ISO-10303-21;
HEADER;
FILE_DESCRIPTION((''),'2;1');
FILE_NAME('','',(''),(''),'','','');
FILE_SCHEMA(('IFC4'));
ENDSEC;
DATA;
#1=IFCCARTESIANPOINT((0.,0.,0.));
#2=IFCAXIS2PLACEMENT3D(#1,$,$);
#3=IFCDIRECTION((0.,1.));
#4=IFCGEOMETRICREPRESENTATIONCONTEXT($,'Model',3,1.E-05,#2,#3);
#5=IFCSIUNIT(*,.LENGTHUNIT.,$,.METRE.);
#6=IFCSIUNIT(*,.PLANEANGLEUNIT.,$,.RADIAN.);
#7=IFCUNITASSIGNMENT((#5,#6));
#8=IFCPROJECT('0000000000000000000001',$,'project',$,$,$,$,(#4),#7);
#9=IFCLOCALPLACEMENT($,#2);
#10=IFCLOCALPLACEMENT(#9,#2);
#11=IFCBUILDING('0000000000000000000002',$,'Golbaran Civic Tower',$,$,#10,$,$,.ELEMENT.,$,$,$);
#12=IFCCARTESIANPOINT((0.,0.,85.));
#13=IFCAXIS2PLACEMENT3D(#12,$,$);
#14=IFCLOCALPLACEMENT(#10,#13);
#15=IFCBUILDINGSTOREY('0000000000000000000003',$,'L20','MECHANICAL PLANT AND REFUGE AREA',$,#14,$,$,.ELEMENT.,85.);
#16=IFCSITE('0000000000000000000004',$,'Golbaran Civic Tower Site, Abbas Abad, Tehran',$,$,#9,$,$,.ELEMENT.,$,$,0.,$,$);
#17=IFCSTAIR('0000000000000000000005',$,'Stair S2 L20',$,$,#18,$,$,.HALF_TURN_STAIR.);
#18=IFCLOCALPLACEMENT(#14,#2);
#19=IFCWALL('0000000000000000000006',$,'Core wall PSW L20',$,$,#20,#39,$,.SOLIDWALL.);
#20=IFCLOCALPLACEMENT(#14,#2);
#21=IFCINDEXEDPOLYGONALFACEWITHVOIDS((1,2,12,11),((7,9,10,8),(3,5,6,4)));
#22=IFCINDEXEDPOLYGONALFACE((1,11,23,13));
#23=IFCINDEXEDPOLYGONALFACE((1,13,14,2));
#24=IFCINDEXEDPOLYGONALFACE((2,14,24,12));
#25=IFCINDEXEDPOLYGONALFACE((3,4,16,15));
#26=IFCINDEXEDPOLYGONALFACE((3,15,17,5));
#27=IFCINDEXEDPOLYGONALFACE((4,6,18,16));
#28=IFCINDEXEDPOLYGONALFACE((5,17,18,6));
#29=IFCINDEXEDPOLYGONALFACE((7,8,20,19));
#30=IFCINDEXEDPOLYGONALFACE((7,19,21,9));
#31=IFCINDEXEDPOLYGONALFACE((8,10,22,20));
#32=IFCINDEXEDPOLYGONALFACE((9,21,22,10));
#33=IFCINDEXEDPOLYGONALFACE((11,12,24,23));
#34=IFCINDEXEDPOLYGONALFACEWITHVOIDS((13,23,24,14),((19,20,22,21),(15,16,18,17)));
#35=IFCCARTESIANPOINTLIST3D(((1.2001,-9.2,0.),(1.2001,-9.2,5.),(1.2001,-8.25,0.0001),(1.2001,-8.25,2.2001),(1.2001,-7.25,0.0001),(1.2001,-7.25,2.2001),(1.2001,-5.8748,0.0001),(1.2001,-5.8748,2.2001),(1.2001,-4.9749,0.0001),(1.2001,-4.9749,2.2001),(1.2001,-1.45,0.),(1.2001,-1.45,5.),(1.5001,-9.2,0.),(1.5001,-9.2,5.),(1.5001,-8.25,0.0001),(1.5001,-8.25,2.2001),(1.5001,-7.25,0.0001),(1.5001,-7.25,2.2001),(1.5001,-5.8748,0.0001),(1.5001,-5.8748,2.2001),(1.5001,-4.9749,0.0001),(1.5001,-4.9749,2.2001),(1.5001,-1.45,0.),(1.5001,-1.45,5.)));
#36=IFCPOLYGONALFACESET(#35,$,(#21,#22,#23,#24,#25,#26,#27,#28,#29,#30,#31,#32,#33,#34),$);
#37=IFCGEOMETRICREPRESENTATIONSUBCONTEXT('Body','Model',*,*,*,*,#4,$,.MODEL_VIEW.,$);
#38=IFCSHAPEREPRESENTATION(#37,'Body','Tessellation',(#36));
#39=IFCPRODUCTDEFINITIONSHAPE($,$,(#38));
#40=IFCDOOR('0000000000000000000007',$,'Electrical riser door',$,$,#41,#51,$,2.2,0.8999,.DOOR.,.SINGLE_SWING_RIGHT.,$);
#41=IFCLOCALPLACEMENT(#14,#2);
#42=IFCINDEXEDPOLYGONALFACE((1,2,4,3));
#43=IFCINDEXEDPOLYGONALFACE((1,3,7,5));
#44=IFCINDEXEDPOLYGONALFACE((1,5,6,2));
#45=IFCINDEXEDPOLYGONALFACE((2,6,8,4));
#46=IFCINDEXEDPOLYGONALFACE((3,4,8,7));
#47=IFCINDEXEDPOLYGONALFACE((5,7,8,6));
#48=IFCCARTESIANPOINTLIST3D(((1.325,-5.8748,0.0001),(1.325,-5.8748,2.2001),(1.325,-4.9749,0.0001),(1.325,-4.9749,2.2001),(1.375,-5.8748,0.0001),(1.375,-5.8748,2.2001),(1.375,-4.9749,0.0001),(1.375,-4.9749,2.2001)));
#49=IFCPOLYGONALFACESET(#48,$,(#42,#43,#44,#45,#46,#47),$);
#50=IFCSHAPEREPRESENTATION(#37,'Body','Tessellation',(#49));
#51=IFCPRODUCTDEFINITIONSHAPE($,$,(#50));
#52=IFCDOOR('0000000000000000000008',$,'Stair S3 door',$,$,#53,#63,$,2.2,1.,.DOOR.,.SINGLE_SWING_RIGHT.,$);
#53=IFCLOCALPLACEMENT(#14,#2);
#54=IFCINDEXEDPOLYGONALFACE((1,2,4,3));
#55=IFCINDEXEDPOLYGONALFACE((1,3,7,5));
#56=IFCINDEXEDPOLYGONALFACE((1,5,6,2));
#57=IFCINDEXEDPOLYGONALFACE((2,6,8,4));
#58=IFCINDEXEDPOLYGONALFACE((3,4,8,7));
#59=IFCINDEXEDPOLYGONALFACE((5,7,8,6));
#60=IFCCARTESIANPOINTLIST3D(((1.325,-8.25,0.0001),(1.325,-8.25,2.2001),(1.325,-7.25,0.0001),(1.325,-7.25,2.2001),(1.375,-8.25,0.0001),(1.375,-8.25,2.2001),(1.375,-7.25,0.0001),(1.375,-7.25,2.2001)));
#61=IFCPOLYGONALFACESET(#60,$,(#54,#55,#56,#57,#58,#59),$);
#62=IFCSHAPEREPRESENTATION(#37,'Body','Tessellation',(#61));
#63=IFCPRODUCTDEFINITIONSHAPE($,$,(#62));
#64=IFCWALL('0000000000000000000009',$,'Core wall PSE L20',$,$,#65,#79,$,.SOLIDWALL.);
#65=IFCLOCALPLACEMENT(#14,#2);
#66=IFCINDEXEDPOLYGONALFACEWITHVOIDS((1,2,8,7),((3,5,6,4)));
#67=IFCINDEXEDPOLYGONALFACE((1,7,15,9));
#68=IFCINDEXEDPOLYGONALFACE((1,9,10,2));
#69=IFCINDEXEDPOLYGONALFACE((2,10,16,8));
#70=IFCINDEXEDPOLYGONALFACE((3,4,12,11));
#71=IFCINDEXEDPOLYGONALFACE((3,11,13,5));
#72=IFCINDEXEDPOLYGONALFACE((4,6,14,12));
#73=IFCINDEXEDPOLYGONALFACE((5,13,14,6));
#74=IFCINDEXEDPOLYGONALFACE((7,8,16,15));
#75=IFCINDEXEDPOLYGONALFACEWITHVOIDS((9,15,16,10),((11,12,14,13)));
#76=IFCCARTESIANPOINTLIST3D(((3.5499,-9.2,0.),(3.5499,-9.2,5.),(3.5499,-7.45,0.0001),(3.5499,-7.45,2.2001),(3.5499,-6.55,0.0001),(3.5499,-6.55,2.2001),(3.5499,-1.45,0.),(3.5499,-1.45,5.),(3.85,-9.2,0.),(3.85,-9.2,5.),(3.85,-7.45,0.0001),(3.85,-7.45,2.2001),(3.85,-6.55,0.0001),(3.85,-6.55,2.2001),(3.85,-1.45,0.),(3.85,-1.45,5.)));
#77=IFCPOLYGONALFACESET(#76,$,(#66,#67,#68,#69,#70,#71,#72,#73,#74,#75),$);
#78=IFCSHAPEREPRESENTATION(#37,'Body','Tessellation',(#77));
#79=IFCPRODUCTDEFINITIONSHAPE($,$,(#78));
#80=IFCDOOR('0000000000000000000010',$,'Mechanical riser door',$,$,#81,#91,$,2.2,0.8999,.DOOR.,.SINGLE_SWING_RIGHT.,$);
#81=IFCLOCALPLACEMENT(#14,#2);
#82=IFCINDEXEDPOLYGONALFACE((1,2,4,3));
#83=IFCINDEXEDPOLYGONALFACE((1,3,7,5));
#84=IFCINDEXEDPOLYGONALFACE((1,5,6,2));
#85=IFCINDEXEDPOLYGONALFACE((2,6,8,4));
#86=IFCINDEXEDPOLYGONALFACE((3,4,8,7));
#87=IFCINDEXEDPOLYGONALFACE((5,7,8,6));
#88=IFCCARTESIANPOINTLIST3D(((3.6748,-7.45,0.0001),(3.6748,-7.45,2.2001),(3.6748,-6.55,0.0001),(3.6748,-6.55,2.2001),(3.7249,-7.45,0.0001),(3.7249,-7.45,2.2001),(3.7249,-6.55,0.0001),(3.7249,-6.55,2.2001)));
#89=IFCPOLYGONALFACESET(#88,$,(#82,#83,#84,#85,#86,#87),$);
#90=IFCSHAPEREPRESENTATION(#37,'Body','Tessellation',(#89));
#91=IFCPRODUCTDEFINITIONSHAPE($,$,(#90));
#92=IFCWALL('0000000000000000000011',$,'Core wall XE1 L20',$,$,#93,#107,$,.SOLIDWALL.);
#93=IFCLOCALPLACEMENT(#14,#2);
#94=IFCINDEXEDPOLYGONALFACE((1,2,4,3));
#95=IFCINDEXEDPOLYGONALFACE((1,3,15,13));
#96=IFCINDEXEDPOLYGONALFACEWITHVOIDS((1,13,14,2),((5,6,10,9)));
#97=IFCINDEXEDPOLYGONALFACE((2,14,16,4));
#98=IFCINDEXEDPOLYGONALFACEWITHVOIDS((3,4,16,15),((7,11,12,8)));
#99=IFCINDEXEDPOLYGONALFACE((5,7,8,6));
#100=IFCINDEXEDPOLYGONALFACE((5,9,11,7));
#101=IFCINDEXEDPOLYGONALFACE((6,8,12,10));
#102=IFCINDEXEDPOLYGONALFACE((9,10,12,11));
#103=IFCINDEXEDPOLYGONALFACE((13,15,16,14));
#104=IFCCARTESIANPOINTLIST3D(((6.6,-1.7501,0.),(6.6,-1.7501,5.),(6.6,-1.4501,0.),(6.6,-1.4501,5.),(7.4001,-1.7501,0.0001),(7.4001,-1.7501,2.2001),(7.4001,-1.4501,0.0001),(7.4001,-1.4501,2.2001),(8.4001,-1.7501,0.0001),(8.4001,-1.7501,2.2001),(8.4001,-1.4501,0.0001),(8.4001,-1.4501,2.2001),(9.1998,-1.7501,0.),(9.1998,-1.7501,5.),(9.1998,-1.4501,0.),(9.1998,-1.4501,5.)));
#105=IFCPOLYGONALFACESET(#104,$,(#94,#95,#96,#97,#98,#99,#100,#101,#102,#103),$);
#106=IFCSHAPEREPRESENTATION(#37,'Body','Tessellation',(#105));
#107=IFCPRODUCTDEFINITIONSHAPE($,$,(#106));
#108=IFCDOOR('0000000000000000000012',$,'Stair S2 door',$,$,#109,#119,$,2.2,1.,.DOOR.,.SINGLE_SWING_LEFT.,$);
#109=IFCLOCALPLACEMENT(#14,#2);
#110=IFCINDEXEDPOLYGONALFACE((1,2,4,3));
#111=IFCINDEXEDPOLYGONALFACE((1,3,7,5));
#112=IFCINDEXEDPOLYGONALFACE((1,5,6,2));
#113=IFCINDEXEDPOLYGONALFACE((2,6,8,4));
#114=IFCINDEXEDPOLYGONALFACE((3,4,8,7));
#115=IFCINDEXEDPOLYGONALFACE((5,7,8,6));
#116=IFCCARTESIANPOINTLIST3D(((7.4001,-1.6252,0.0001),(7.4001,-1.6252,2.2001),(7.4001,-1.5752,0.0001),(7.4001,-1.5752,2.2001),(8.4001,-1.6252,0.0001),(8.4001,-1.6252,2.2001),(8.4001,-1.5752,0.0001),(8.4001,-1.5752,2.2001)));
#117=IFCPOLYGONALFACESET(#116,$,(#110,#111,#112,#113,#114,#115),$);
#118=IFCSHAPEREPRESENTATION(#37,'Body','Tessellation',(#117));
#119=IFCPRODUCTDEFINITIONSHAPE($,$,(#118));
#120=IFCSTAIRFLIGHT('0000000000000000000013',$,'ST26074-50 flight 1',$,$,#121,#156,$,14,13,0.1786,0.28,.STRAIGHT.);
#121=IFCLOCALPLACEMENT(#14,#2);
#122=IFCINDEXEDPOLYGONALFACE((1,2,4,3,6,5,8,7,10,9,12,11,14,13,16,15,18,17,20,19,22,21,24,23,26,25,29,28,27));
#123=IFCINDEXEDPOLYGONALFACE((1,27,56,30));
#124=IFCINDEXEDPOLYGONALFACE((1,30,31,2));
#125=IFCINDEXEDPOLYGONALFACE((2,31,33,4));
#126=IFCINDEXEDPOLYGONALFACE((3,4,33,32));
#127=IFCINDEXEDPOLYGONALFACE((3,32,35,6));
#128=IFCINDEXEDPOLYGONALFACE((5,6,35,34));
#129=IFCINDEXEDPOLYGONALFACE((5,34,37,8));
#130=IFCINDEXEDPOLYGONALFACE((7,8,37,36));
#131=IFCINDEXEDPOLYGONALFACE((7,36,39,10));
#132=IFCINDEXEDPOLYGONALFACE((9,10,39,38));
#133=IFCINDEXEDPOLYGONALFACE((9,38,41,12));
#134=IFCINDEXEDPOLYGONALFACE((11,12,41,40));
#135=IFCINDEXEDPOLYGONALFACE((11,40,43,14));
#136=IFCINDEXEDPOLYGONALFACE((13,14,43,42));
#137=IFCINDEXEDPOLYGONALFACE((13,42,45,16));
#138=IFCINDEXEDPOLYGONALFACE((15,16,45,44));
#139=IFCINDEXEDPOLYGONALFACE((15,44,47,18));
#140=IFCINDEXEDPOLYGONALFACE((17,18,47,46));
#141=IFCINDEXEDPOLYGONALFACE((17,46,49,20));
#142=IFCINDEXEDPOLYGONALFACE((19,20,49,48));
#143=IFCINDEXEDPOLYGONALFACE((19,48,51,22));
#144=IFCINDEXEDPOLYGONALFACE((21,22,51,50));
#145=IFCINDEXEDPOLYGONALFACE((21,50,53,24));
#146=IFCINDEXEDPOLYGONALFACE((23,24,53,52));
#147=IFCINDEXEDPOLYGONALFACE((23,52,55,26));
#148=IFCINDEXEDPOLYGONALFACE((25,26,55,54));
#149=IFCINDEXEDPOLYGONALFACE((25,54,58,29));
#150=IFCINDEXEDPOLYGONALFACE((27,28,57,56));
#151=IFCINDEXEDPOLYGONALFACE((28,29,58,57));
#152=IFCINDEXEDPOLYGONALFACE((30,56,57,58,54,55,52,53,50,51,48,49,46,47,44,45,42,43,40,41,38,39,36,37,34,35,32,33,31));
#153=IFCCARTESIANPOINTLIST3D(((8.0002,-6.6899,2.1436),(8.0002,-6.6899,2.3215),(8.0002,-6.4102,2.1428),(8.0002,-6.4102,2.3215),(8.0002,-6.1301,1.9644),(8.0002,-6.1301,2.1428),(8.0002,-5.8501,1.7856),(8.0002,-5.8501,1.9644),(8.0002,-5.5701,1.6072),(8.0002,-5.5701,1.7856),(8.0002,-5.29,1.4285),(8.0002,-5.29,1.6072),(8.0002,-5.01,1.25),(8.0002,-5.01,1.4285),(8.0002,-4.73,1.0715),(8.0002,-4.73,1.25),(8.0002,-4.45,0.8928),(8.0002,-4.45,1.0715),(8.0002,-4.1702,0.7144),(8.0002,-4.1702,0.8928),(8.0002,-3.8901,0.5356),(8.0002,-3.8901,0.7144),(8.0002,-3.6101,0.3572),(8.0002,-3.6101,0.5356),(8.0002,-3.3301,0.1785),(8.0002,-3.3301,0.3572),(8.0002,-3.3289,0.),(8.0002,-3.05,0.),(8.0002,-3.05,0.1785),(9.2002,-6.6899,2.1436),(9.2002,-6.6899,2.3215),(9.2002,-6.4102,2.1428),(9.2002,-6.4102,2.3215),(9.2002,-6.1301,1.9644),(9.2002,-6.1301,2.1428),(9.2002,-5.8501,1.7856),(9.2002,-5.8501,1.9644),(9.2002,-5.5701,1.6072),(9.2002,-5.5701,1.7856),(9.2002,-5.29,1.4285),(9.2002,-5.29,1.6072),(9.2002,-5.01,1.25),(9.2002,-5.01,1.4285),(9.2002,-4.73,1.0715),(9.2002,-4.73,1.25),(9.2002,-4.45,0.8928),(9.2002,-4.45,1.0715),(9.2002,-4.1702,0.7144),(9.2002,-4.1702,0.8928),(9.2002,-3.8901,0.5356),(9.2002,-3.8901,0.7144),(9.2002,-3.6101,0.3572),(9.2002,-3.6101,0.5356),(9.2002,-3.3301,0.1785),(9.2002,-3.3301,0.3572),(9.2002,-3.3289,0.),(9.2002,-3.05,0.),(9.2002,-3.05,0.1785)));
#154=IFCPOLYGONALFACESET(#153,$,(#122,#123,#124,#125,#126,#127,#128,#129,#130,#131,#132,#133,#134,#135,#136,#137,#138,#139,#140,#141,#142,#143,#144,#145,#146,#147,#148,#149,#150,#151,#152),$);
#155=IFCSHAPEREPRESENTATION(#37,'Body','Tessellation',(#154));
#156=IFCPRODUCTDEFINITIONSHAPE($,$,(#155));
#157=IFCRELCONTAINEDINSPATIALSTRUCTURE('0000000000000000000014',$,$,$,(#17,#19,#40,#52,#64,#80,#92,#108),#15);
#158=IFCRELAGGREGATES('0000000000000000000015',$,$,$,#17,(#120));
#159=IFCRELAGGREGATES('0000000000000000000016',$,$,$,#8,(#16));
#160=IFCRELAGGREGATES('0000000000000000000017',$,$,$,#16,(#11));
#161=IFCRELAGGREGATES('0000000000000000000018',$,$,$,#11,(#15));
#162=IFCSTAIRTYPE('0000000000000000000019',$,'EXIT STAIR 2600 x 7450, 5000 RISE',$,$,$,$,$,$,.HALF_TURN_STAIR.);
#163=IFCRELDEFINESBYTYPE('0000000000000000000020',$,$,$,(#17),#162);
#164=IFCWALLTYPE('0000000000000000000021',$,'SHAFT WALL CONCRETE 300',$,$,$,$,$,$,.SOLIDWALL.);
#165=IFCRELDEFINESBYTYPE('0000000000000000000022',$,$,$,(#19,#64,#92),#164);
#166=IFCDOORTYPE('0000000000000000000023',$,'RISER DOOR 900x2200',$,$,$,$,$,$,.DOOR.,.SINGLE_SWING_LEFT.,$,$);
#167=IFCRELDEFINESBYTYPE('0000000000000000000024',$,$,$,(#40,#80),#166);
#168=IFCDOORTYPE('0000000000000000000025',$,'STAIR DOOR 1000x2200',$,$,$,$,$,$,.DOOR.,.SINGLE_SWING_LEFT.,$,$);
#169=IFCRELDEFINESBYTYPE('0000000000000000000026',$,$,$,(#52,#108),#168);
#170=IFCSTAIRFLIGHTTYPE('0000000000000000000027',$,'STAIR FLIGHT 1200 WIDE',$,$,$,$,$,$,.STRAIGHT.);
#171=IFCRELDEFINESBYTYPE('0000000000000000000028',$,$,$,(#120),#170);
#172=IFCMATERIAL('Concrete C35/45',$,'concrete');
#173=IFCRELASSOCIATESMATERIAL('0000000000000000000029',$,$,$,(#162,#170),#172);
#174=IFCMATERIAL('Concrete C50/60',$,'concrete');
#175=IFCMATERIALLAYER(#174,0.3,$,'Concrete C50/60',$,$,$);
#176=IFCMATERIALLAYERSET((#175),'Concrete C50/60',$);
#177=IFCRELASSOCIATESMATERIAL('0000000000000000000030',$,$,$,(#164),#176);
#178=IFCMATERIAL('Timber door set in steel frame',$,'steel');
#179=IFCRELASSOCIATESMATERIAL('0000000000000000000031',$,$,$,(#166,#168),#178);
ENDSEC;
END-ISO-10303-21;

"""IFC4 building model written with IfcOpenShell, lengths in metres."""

from ifc_helpers import new_model, si_unit, direction, frame, frame_2d, origin, place, context, subcontext, project, spatial, polyline, rectangle, outline, extrude, material, layer, layer_set, type_object, element, fill, aggregate, save


model = new_model("IFC4")

# Units and contexts
model_context = context("Model", 3, precision=1e-05, world=origin(), true_north=direction((0.0, 1.0)))
body_context = subcontext(model_context, "Body", "Model", "MODEL_VIEW")
ifc_project = project(units=[si_unit("LENGTHUNIT", "METRE"), si_unit("PLANEANGLEUNIT", "RADIAN")], contexts=[model_context])

# Site, building, storey
site_placement = place(None, origin())
site = spatial("IfcSite", under=ifc_project, at=site_placement, Name="Golbaran Civic Tower Site, Abbas Abad, Tehran", CompositionType="ELEMENT", RefElevation=0.0)
building_placement = place(site_placement, origin())
building = spatial("IfcBuilding", under=site, at=building_placement, Name="Golbaran Civic Tower", CompositionType="ELEMENT")
storey_placement = place(building_placement, frame((0.0, 0.0, 85.0)))
storey = spatial("IfcBuildingStorey", under=building, at=storey_placement, Name="L20", Description="MECHANICAL PLANT AND REFUGE AREA", CompositionType="ELEMENT", Elevation=85.0)

# Shared definitions
ifc_material_1 = material(Name="Concrete C35/45", Category="concrete")

# Shared definitions
stair_type = type_object("IfcStairType", Name="EXIT STAIR 2600 x 7450, 5000 RISE", PredefinedType="HALF_TURN_STAIR", material=ifc_material_1)

# Stair
stair_1_placement = place(storey_placement, origin())
stair_1 = element("IfcStair", 1, at=stair_1_placement, inside=storey, type_object=stair_type, Name="Stair S2 L20", PredefinedType="HALF_TURN_STAIR")

# Shared definitions
ifc_material_2 = material(Name="Timber door set in steel frame", Category="steel")

# Shared definitions
ifc_material_3 = material(Name="Concrete C50/60", Category="concrete")
ifc_layer_1 = layer(ifc_material_3, 0.3, Name="Concrete C50/60")
ifc_layer_set_1 = layer_set([ifc_layer_1], Name="Concrete C50/60")
wall_type_1 = type_object("IfcWallType", Name="SHAFT WALL CONCRETE 300", PredefinedType="SOLIDWALL", material=ifc_layer_set_1)

# Wall, openings, doors
wall_1_placement = place(storey_placement, frame((1.3501, -1.45, 0.0), z_axis=(0.0, 0.0, 1.0), x_axis=(0.0, -1.0, 0.0)))
wall_1 = element("IfcWall", 2, at=wall_1_placement, inside=storey, type_object=wall_type_1, Name="Core wall PSW L20", PredefinedType="SOLIDWALL", context=body_context, shape_type="SweptSolid", body=[
    extrude(rectangle(XDim=7.75, YDim=0.3, at=frame_2d((3.875, 0.0))), origin(), (0.0, 0.0, 1.0), 5.0),
])
opening_1_placement = place(wall_1_placement, frame((5.8, 0.0, 0.0)))
opening_1 = element("IfcOpeningElement", 3, at=opening_1_placement, cuts=wall_1, PredefinedType="OPENING", context=body_context, shape_type="SweptSolid", body=[
    extrude(rectangle(XDim=1.0, YDim=2.2, at=frame_2d((0.5, 1.1001))), frame((0.0, 0.1599, 0.0), z_axis=(0.0, -1.0, 0.0), x_axis=(1.0, 0.0, 0.0)), (0.0, 0.0, 1.0), 0.3201),
])
opening_2_placement = place(wall_1_placement, frame((3.5249, 0.0, 0.0)))
opening_2 = element("IfcOpeningElement", 4, at=opening_2_placement, cuts=wall_1, PredefinedType="OPENING", context=body_context, shape_type="SweptSolid", body=[
    extrude(rectangle(XDim=0.8999, YDim=2.2, at=frame_2d((0.45, 1.1001))), frame((0.0, 0.1599, 0.0), z_axis=(0.0, -1.0, 0.0), x_axis=(1.0, 0.0, 0.0)), (0.0, 0.0, 1.0), 0.3201),
])
door_type_1 = type_object("IfcDoorType", Name="RISER DOOR 900x2200", OperationType="SINGLE_SWING_LEFT", PredefinedType="DOOR", material=ifc_material_2)
door_1_placement = place(opening_2_placement, origin())
door_1 = element("IfcDoor", 5, at=door_1_placement, inside=storey, type_object=door_type_1, Name="Electrical riser door", OperationType="SINGLE_SWING_RIGHT", OverallHeight=2.2, OverallWidth=0.8999, PredefinedType="DOOR", context=body_context, shape_type="SweptSolid", body=[
    extrude(rectangle(XDim=0.8999, YDim=2.2, at=frame_2d((0.45, 1.1001))), frame((0.0, 0.0249, 0.0), z_axis=(0.0, -1.0, 0.0), x_axis=(1.0, 0.0, 0.0)), (0.0, 0.0, 1.0), 0.05),
])
fill(opening_2, door_1)
door_type_2 = type_object("IfcDoorType", Name="STAIR DOOR 1000x2200", OperationType="SINGLE_SWING_LEFT", PredefinedType="DOOR", material=ifc_material_2)
door_2_placement = place(opening_1_placement, origin())
door_2 = element("IfcDoor", 6, at=door_2_placement, inside=storey, type_object=door_type_2, Name="Stair S3 door", OperationType="SINGLE_SWING_RIGHT", OverallHeight=2.2, OverallWidth=1.0, PredefinedType="DOOR", context=body_context, shape_type="SweptSolid", body=[
    extrude(rectangle(XDim=1.0, YDim=2.2, at=frame_2d((0.5, 1.1001))), frame((0.0, 0.0249, 0.0), z_axis=(0.0, -1.0, 0.0), x_axis=(1.0, 0.0, 0.0)), (0.0, 0.0, 1.0), 0.05),
])
fill(opening_1, door_2)

# Walls, openings, doors
wall_2_placement = place(storey_placement, frame((3.7, -1.45, 0.0), z_axis=(0.0, 0.0, 1.0), x_axis=(0.0, -1.0, 0.0)))
wall_2 = element("IfcWall", 7, at=wall_2_placement, inside=storey, type_object=wall_type_1, Name="Core wall PSE L20", PredefinedType="SOLIDWALL", context=body_context, shape_type="SweptSolid", body=[
    extrude(rectangle(XDim=7.75, YDim=0.3, at=frame_2d((3.875, 0.0))), origin(), (0.0, 0.0, 1.0), 5.0),
])
opening_3_placement = place(wall_2_placement, frame((5.1001, 0.0, 0.0)))
opening_3 = element("IfcOpeningElement", 8, at=opening_3_placement, cuts=wall_2, PredefinedType="OPENING", context=body_context, shape_type="SweptSolid", body=[
    extrude(rectangle(XDim=0.8999, YDim=2.2, at=frame_2d((0.45, 1.1001))), frame((0.0, 0.1599, 0.0), z_axis=(0.0, -1.0, 0.0), x_axis=(1.0, 0.0, 0.0)), (0.0, 0.0, 1.0), 0.3201),
])
door_3_placement = place(opening_3_placement, origin())
door_3 = element("IfcDoor", 9, at=door_3_placement, inside=storey, type_object=door_type_1, Name="Mechanical riser door", OperationType="SINGLE_SWING_RIGHT", OverallHeight=2.2, OverallWidth=0.8999, PredefinedType="DOOR", context=body_context, shape_type="SweptSolid", body=[
    extrude(rectangle(XDim=0.8999, YDim=2.2, at=frame_2d((0.45, 1.1001))), frame((0.0, 0.0249, 0.0), z_axis=(0.0, -1.0, 0.0), x_axis=(1.0, 0.0, 0.0)), (0.0, 0.0, 1.0), 0.05),
])
fill(opening_3, door_3)
wall_3_placement = place(storey_placement, frame((6.6001, -1.6001, 0.0), z_axis=(0.0, 0.0, 1.0), x_axis=(1.0, 0.0, 0.0)))
wall_3 = element("IfcWall", 10, at=wall_3_placement, inside=storey, type_object=wall_type_1, Name="Core wall XE1 L20", PredefinedType="SOLIDWALL", context=body_context, shape_type="SweptSolid", body=[
    extrude(rectangle(XDim=2.5999, YDim=0.3, at=frame_2d((1.2998, 0.0))), origin(), (0.0, 0.0, 1.0), 5.0),
])
opening_4_placement = place(wall_3_placement, frame((0.8, 0.0, 0.0)))
opening_4 = element("IfcOpeningElement", 11, at=opening_4_placement, cuts=wall_3, PredefinedType="OPENING", context=body_context, shape_type="SweptSolid", body=[
    extrude(rectangle(XDim=1.0, YDim=2.2, at=frame_2d((0.5, 1.1001))), frame((0.0, 0.1599, 0.0), z_axis=(0.0, -1.0, 0.0), x_axis=(1.0, 0.0, 0.0)), (0.0, 0.0, 1.0), 0.3201),
])
door_4_placement = place(opening_4_placement, origin())
door_4 = element("IfcDoor", 12, at=door_4_placement, inside=storey, type_object=door_type_2, Name="Stair S2 door", OperationType="SINGLE_SWING_LEFT", OverallHeight=2.2, OverallWidth=1.0, PredefinedType="DOOR", context=body_context, shape_type="SweptSolid", body=[
    extrude(rectangle(XDim=1.0, YDim=2.2, at=frame_2d((0.5, 1.1001))), frame((0.0, 0.0249, 0.0), z_axis=(0.0, -1.0, 0.0), x_axis=(1.0, 0.0, 0.0)), (0.0, 0.0, 1.0), 0.05),
])
fill(opening_4, door_4)

# Stair flight
stair_flight_type = type_object("IfcStairFlightType", Name="STAIR FLIGHT 1200 WIDE", PredefinedType="STRAIGHT", material=ifc_material_1)
stair_flight_1_placement = place(storey_placement, frame((8.6001, -3.05, 0.0), z_axis=(0.0, 0.0, 1.0), x_axis=(0.0, -1.0, 0.0)))
stair_flight_1 = element("IfcStairFlight", 13, at=stair_flight_1_placement, type_object=stair_flight_type, Name="ST26074-50 flight 1", NumberOfRisers=14, NumberOfTreads=13, PredefinedType="STRAIGHT", RiserHeight=0.1786, TreadLength=0.28, context=body_context, shape_type="SweptSolid", body=[
    extrude(outline(polyline([(0.0, 0.0), (0.0, 0.1785), (0.28, 0.1785), (0.28, 0.3572), (0.5601, 0.3572), (0.5601, 0.5356), (0.8401, 0.5356), (0.8401, 0.7144), (1.1201, 0.7144), (1.1201, 0.8928), (1.3999, 0.8928), (1.3999, 1.0715), (1.6799, 1.0715), (1.6799, 1.25), (1.96, 1.25), (1.96, 1.4285), (2.24, 1.4285), (2.24, 1.6072), (2.52, 1.6072), (2.52, 1.7856), (2.8, 1.7856), (2.8, 1.9644), (3.0801, 1.9644), (3.0801, 2.1428), (3.3601, 2.1428), (3.3601, 2.3215), (3.6399, 2.3215), (3.6399, 2.5), (3.6399, 2.1436), (0.2788, 0.0), (0.0, 0.0)])), frame((0.0, 0.6001, 0.0), z_axis=(0.0, -1.0, 0.0), x_axis=(1.0, 0.0, 0.0)), (0.0, 0.0, 1.0), 1.2),
])
aggregate(stair_1, [stair_flight_1])

save(model, "model.ifc")
